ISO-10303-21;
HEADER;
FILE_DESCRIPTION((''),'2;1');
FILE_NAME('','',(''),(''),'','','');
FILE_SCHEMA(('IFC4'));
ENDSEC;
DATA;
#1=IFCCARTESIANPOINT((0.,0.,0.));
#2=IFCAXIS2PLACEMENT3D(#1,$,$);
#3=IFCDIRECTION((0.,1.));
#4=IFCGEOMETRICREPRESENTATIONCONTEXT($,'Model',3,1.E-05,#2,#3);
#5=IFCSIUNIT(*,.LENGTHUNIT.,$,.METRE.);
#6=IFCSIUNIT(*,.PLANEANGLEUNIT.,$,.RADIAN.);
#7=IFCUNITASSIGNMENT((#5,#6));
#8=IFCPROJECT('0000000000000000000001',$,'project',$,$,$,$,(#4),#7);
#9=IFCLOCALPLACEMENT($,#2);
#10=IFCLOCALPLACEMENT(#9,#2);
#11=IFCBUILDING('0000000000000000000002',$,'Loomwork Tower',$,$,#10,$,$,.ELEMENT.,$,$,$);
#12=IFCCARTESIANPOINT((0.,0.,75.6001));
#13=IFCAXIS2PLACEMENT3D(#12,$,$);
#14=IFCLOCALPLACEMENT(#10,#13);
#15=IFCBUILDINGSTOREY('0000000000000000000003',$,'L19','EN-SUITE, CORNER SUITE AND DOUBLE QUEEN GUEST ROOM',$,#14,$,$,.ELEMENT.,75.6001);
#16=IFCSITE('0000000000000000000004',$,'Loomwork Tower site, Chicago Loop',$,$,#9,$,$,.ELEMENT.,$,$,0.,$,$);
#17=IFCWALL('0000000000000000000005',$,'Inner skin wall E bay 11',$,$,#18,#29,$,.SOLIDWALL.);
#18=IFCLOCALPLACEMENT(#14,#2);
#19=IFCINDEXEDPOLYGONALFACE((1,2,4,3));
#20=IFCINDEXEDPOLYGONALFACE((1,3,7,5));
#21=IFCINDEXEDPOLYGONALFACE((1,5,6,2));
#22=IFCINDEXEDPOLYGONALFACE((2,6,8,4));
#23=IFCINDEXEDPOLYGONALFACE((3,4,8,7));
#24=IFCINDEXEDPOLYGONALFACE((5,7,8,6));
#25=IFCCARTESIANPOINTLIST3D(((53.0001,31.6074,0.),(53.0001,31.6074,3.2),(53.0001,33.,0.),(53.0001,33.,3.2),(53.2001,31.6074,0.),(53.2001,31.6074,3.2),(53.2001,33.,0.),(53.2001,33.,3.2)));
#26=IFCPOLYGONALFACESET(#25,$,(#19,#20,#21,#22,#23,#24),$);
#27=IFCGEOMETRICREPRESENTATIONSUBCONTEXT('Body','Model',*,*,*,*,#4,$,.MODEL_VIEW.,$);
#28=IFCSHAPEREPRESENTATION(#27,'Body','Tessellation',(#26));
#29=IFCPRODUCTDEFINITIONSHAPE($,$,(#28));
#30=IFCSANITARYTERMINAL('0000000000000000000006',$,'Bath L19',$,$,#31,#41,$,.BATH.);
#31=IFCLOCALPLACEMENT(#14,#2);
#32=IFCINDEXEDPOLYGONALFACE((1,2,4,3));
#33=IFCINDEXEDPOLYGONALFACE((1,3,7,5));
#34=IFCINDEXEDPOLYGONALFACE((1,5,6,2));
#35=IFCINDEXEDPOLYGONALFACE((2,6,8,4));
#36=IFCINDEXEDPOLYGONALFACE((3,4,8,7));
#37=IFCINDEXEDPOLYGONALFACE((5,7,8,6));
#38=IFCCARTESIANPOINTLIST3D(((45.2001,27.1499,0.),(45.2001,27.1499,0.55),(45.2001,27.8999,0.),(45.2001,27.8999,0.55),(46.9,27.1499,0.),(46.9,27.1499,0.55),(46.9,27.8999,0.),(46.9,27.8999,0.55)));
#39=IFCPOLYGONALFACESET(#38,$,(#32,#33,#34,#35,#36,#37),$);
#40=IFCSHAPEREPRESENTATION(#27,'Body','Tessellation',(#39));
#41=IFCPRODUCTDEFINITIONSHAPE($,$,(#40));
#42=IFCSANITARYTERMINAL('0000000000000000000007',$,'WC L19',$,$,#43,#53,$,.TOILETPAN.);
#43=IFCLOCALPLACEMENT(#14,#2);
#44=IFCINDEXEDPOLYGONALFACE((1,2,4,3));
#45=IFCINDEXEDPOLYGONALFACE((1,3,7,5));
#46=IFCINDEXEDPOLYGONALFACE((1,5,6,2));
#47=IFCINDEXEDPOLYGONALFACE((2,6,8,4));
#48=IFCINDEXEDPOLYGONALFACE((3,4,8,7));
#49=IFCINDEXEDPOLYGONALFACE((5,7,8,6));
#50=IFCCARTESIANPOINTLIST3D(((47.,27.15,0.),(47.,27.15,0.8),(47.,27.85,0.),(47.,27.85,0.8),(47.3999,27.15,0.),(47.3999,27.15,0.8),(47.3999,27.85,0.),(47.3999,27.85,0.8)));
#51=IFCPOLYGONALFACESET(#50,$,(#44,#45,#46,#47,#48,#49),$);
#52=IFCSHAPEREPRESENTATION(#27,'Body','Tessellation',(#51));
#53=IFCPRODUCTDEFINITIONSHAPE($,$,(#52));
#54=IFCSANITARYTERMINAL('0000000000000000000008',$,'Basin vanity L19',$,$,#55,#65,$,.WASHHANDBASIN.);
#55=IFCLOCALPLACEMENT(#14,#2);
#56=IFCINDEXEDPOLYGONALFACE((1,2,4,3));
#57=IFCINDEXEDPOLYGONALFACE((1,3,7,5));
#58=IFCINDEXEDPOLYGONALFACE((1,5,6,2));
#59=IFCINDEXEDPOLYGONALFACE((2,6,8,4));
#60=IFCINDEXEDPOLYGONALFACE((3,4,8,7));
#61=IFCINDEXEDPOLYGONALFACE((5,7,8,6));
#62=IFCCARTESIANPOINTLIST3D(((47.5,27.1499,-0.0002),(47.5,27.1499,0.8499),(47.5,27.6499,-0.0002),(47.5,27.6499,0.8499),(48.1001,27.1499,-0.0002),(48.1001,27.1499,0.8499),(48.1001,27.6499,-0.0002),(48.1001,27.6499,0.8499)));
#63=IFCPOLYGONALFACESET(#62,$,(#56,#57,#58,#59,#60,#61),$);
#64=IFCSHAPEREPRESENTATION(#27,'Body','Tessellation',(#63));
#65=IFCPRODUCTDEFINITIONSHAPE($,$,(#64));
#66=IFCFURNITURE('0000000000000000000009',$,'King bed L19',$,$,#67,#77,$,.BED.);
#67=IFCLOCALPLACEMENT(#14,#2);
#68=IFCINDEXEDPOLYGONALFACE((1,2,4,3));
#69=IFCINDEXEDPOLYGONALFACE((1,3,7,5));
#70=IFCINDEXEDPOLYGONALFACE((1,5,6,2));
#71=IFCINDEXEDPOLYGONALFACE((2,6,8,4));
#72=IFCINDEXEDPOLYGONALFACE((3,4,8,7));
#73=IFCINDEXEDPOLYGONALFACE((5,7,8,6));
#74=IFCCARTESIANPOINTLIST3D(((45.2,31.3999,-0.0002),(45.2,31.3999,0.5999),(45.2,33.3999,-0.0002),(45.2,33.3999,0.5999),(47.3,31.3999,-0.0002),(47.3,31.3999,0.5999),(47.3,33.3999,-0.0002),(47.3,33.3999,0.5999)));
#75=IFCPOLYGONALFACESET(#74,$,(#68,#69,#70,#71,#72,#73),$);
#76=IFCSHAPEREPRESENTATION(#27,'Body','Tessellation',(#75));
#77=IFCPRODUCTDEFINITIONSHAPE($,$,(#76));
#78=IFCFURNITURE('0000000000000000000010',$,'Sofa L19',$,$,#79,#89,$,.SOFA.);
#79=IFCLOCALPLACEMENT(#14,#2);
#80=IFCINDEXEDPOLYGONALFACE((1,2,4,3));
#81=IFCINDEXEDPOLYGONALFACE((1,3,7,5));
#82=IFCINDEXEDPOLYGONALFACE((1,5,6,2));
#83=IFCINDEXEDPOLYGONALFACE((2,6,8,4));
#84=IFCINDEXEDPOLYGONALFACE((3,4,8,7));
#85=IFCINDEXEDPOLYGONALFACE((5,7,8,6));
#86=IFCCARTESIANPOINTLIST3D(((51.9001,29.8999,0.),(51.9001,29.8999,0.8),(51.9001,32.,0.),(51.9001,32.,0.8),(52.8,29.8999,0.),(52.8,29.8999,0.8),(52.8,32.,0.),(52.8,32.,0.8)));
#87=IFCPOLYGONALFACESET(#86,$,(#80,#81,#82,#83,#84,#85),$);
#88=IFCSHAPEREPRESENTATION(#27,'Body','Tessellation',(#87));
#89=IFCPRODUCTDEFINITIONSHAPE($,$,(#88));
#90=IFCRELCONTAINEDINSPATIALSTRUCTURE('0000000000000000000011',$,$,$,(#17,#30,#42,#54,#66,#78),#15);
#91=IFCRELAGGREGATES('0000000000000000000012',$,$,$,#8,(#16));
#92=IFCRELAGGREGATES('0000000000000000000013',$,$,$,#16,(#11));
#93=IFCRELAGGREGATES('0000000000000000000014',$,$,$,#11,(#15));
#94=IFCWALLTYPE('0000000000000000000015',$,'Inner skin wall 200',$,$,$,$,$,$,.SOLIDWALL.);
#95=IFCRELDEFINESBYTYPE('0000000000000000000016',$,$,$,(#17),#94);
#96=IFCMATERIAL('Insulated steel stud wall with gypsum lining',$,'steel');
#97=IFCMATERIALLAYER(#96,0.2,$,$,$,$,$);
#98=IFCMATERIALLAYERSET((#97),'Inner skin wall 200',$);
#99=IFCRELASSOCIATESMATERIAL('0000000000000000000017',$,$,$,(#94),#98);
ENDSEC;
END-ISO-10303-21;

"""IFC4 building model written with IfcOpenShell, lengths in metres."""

from ifc_helpers import new_model, si_unit, direction, frame, frame_2d, origin, origin_2d, place, context, subcontext, project, spatial, rectangle, extrude, material, layer, layer_set, type_object, element, save


model = new_model("IFC4")

# Units and contexts
model_context = context("Model", 3, precision=1e-05, world=origin(), true_north=direction((0.0, 1.0)))
body_context = subcontext(model_context, "Body", "Model", "MODEL_VIEW")
ifc_project = project(units=[si_unit("LENGTHUNIT", "METRE"), si_unit("PLANEANGLEUNIT", "RADIAN")], contexts=[model_context])

# Site, building, storey
site_placement = place(None, origin())
site = spatial("IfcSite", under=ifc_project, at=site_placement, Name="Loomwork Tower site, Chicago Loop", CompositionType="ELEMENT", RefElevation=0.0)
building_placement = place(site_placement, origin())
building = spatial("IfcBuilding", under=site, at=building_placement, Name="Loomwork Tower", CompositionType="ELEMENT")
storey_placement = place(building_placement, frame((0.0, 0.0, 75.6001)))
storey = spatial("IfcBuildingStorey", under=building, at=storey_placement, Name="L19", Description="EN-SUITE, CORNER SUITE AND DOUBLE QUEEN GUEST ROOM", CompositionType="ELEMENT", Elevation=75.6001)

# Wall
ifc_material_1 = material(Name="Insulated steel stud wall with gypsum lining", Category="steel")
ifc_layer_1 = layer(ifc_material_1, 0.2)
ifc_layer_set_1 = layer_set([ifc_layer_1], Name="Inner skin wall 200")
wall_type_1 = type_object("IfcWallType", Name="Inner skin wall 200", PredefinedType="SOLIDWALL", material=ifc_layer_set_1)
wall_1_placement = place(storey_placement, frame((53.1001, 31.6074, 0.0), z_axis=(0.0, 0.0, 1.0), x_axis=(0.0, 1.0, 0.0)))
element("IfcWall", 1, at=wall_1_placement, inside=storey, type_object=wall_type_1, Name="Inner skin wall E bay 11", PredefinedType="SOLIDWALL", context=body_context, shape_type="SweptSolid", body=[
    extrude(rectangle(XDim=1.3926, YDim=0.2, at=frame_2d((0.6963, 0.0))), origin(), (0.0, 0.0, 1.0), 3.2),
])

# Sanitary terminals
sanitary_terminal_1_placement = place(storey_placement, frame((46.05, 27.5249, 0.0), z_axis=(0.0, 0.0, 1.0), x_axis=(1.0, 0.0, 0.0)))
element("IfcSanitaryTerminal", 2, at=sanitary_terminal_1_placement, inside=storey, Name="Bath L19", PredefinedType="BATH", context=body_context, shape_type="SweptSolid", body=[
    extrude(rectangle(XDim=1.7, YDim=0.75, at=origin_2d()), origin(), (0.0, 0.0, 1.0), 0.55),
])
sanitary_terminal_2_placement = place(storey_placement, frame((47.2, 27.5, 0.0), z_axis=(0.0, 0.0, 1.0), x_axis=(1.0, 0.0, 0.0)))
element("IfcSanitaryTerminal", 3, at=sanitary_terminal_2_placement, inside=storey, Name="WC L19", PredefinedType="TOILETPAN", context=body_context, shape_type="SweptSolid", body=[
    extrude(rectangle(XDim=0.3999, YDim=0.7, at=origin_2d()), origin(), (0.0, 0.0, 1.0), 0.8),
])
sanitary_terminal_3_placement = place(storey_placement, frame((47.8, 27.3999, -0.0002), z_axis=(0.0, 0.0, 1.0), x_axis=(1.0, 0.0, 0.0)))
element("IfcSanitaryTerminal", 4, at=sanitary_terminal_3_placement, inside=storey, Name="Basin vanity L19", PredefinedType="WASHHANDBASIN", context=body_context, shape_type="SweptSolid", body=[
    extrude(rectangle(XDim=0.6001, YDim=0.5, at=origin_2d()), origin(), (0.0, 0.0, 1.0), 0.8501),
])

# Furniture
furniture_1_placement = place(storey_placement, frame((46.25, 32.3999, -0.0002), z_axis=(0.0, 0.0, 1.0), x_axis=(1.0, 0.0, 0.0)))
element("IfcFurniture", 5, at=furniture_1_placement, inside=storey, Name="King bed L19", PredefinedType="BED", context=body_context, shape_type="SweptSolid", body=[
    extrude(rectangle(XDim=2.1001, YDim=2.0, at=origin_2d()), origin(), (0.0, 0.0, 1.0), 0.6001),
])
furniture_2_placement = place(storey_placement, frame((52.3501, 30.95, 0.0), z_axis=(0.0, 0.0, 1.0), x_axis=(1.0, 0.0, 0.0)))
element("IfcFurniture", 6, at=furniture_2_placement, inside=storey, Name="Sofa L19", PredefinedType="SOFA", context=body_context, shape_type="SweptSolid", body=[
    extrude(rectangle(XDim=0.8999, YDim=2.1001, at=origin_2d()), origin(), (0.0, 0.0, 1.0), 0.8),
])

save(model, "model.ifc")
